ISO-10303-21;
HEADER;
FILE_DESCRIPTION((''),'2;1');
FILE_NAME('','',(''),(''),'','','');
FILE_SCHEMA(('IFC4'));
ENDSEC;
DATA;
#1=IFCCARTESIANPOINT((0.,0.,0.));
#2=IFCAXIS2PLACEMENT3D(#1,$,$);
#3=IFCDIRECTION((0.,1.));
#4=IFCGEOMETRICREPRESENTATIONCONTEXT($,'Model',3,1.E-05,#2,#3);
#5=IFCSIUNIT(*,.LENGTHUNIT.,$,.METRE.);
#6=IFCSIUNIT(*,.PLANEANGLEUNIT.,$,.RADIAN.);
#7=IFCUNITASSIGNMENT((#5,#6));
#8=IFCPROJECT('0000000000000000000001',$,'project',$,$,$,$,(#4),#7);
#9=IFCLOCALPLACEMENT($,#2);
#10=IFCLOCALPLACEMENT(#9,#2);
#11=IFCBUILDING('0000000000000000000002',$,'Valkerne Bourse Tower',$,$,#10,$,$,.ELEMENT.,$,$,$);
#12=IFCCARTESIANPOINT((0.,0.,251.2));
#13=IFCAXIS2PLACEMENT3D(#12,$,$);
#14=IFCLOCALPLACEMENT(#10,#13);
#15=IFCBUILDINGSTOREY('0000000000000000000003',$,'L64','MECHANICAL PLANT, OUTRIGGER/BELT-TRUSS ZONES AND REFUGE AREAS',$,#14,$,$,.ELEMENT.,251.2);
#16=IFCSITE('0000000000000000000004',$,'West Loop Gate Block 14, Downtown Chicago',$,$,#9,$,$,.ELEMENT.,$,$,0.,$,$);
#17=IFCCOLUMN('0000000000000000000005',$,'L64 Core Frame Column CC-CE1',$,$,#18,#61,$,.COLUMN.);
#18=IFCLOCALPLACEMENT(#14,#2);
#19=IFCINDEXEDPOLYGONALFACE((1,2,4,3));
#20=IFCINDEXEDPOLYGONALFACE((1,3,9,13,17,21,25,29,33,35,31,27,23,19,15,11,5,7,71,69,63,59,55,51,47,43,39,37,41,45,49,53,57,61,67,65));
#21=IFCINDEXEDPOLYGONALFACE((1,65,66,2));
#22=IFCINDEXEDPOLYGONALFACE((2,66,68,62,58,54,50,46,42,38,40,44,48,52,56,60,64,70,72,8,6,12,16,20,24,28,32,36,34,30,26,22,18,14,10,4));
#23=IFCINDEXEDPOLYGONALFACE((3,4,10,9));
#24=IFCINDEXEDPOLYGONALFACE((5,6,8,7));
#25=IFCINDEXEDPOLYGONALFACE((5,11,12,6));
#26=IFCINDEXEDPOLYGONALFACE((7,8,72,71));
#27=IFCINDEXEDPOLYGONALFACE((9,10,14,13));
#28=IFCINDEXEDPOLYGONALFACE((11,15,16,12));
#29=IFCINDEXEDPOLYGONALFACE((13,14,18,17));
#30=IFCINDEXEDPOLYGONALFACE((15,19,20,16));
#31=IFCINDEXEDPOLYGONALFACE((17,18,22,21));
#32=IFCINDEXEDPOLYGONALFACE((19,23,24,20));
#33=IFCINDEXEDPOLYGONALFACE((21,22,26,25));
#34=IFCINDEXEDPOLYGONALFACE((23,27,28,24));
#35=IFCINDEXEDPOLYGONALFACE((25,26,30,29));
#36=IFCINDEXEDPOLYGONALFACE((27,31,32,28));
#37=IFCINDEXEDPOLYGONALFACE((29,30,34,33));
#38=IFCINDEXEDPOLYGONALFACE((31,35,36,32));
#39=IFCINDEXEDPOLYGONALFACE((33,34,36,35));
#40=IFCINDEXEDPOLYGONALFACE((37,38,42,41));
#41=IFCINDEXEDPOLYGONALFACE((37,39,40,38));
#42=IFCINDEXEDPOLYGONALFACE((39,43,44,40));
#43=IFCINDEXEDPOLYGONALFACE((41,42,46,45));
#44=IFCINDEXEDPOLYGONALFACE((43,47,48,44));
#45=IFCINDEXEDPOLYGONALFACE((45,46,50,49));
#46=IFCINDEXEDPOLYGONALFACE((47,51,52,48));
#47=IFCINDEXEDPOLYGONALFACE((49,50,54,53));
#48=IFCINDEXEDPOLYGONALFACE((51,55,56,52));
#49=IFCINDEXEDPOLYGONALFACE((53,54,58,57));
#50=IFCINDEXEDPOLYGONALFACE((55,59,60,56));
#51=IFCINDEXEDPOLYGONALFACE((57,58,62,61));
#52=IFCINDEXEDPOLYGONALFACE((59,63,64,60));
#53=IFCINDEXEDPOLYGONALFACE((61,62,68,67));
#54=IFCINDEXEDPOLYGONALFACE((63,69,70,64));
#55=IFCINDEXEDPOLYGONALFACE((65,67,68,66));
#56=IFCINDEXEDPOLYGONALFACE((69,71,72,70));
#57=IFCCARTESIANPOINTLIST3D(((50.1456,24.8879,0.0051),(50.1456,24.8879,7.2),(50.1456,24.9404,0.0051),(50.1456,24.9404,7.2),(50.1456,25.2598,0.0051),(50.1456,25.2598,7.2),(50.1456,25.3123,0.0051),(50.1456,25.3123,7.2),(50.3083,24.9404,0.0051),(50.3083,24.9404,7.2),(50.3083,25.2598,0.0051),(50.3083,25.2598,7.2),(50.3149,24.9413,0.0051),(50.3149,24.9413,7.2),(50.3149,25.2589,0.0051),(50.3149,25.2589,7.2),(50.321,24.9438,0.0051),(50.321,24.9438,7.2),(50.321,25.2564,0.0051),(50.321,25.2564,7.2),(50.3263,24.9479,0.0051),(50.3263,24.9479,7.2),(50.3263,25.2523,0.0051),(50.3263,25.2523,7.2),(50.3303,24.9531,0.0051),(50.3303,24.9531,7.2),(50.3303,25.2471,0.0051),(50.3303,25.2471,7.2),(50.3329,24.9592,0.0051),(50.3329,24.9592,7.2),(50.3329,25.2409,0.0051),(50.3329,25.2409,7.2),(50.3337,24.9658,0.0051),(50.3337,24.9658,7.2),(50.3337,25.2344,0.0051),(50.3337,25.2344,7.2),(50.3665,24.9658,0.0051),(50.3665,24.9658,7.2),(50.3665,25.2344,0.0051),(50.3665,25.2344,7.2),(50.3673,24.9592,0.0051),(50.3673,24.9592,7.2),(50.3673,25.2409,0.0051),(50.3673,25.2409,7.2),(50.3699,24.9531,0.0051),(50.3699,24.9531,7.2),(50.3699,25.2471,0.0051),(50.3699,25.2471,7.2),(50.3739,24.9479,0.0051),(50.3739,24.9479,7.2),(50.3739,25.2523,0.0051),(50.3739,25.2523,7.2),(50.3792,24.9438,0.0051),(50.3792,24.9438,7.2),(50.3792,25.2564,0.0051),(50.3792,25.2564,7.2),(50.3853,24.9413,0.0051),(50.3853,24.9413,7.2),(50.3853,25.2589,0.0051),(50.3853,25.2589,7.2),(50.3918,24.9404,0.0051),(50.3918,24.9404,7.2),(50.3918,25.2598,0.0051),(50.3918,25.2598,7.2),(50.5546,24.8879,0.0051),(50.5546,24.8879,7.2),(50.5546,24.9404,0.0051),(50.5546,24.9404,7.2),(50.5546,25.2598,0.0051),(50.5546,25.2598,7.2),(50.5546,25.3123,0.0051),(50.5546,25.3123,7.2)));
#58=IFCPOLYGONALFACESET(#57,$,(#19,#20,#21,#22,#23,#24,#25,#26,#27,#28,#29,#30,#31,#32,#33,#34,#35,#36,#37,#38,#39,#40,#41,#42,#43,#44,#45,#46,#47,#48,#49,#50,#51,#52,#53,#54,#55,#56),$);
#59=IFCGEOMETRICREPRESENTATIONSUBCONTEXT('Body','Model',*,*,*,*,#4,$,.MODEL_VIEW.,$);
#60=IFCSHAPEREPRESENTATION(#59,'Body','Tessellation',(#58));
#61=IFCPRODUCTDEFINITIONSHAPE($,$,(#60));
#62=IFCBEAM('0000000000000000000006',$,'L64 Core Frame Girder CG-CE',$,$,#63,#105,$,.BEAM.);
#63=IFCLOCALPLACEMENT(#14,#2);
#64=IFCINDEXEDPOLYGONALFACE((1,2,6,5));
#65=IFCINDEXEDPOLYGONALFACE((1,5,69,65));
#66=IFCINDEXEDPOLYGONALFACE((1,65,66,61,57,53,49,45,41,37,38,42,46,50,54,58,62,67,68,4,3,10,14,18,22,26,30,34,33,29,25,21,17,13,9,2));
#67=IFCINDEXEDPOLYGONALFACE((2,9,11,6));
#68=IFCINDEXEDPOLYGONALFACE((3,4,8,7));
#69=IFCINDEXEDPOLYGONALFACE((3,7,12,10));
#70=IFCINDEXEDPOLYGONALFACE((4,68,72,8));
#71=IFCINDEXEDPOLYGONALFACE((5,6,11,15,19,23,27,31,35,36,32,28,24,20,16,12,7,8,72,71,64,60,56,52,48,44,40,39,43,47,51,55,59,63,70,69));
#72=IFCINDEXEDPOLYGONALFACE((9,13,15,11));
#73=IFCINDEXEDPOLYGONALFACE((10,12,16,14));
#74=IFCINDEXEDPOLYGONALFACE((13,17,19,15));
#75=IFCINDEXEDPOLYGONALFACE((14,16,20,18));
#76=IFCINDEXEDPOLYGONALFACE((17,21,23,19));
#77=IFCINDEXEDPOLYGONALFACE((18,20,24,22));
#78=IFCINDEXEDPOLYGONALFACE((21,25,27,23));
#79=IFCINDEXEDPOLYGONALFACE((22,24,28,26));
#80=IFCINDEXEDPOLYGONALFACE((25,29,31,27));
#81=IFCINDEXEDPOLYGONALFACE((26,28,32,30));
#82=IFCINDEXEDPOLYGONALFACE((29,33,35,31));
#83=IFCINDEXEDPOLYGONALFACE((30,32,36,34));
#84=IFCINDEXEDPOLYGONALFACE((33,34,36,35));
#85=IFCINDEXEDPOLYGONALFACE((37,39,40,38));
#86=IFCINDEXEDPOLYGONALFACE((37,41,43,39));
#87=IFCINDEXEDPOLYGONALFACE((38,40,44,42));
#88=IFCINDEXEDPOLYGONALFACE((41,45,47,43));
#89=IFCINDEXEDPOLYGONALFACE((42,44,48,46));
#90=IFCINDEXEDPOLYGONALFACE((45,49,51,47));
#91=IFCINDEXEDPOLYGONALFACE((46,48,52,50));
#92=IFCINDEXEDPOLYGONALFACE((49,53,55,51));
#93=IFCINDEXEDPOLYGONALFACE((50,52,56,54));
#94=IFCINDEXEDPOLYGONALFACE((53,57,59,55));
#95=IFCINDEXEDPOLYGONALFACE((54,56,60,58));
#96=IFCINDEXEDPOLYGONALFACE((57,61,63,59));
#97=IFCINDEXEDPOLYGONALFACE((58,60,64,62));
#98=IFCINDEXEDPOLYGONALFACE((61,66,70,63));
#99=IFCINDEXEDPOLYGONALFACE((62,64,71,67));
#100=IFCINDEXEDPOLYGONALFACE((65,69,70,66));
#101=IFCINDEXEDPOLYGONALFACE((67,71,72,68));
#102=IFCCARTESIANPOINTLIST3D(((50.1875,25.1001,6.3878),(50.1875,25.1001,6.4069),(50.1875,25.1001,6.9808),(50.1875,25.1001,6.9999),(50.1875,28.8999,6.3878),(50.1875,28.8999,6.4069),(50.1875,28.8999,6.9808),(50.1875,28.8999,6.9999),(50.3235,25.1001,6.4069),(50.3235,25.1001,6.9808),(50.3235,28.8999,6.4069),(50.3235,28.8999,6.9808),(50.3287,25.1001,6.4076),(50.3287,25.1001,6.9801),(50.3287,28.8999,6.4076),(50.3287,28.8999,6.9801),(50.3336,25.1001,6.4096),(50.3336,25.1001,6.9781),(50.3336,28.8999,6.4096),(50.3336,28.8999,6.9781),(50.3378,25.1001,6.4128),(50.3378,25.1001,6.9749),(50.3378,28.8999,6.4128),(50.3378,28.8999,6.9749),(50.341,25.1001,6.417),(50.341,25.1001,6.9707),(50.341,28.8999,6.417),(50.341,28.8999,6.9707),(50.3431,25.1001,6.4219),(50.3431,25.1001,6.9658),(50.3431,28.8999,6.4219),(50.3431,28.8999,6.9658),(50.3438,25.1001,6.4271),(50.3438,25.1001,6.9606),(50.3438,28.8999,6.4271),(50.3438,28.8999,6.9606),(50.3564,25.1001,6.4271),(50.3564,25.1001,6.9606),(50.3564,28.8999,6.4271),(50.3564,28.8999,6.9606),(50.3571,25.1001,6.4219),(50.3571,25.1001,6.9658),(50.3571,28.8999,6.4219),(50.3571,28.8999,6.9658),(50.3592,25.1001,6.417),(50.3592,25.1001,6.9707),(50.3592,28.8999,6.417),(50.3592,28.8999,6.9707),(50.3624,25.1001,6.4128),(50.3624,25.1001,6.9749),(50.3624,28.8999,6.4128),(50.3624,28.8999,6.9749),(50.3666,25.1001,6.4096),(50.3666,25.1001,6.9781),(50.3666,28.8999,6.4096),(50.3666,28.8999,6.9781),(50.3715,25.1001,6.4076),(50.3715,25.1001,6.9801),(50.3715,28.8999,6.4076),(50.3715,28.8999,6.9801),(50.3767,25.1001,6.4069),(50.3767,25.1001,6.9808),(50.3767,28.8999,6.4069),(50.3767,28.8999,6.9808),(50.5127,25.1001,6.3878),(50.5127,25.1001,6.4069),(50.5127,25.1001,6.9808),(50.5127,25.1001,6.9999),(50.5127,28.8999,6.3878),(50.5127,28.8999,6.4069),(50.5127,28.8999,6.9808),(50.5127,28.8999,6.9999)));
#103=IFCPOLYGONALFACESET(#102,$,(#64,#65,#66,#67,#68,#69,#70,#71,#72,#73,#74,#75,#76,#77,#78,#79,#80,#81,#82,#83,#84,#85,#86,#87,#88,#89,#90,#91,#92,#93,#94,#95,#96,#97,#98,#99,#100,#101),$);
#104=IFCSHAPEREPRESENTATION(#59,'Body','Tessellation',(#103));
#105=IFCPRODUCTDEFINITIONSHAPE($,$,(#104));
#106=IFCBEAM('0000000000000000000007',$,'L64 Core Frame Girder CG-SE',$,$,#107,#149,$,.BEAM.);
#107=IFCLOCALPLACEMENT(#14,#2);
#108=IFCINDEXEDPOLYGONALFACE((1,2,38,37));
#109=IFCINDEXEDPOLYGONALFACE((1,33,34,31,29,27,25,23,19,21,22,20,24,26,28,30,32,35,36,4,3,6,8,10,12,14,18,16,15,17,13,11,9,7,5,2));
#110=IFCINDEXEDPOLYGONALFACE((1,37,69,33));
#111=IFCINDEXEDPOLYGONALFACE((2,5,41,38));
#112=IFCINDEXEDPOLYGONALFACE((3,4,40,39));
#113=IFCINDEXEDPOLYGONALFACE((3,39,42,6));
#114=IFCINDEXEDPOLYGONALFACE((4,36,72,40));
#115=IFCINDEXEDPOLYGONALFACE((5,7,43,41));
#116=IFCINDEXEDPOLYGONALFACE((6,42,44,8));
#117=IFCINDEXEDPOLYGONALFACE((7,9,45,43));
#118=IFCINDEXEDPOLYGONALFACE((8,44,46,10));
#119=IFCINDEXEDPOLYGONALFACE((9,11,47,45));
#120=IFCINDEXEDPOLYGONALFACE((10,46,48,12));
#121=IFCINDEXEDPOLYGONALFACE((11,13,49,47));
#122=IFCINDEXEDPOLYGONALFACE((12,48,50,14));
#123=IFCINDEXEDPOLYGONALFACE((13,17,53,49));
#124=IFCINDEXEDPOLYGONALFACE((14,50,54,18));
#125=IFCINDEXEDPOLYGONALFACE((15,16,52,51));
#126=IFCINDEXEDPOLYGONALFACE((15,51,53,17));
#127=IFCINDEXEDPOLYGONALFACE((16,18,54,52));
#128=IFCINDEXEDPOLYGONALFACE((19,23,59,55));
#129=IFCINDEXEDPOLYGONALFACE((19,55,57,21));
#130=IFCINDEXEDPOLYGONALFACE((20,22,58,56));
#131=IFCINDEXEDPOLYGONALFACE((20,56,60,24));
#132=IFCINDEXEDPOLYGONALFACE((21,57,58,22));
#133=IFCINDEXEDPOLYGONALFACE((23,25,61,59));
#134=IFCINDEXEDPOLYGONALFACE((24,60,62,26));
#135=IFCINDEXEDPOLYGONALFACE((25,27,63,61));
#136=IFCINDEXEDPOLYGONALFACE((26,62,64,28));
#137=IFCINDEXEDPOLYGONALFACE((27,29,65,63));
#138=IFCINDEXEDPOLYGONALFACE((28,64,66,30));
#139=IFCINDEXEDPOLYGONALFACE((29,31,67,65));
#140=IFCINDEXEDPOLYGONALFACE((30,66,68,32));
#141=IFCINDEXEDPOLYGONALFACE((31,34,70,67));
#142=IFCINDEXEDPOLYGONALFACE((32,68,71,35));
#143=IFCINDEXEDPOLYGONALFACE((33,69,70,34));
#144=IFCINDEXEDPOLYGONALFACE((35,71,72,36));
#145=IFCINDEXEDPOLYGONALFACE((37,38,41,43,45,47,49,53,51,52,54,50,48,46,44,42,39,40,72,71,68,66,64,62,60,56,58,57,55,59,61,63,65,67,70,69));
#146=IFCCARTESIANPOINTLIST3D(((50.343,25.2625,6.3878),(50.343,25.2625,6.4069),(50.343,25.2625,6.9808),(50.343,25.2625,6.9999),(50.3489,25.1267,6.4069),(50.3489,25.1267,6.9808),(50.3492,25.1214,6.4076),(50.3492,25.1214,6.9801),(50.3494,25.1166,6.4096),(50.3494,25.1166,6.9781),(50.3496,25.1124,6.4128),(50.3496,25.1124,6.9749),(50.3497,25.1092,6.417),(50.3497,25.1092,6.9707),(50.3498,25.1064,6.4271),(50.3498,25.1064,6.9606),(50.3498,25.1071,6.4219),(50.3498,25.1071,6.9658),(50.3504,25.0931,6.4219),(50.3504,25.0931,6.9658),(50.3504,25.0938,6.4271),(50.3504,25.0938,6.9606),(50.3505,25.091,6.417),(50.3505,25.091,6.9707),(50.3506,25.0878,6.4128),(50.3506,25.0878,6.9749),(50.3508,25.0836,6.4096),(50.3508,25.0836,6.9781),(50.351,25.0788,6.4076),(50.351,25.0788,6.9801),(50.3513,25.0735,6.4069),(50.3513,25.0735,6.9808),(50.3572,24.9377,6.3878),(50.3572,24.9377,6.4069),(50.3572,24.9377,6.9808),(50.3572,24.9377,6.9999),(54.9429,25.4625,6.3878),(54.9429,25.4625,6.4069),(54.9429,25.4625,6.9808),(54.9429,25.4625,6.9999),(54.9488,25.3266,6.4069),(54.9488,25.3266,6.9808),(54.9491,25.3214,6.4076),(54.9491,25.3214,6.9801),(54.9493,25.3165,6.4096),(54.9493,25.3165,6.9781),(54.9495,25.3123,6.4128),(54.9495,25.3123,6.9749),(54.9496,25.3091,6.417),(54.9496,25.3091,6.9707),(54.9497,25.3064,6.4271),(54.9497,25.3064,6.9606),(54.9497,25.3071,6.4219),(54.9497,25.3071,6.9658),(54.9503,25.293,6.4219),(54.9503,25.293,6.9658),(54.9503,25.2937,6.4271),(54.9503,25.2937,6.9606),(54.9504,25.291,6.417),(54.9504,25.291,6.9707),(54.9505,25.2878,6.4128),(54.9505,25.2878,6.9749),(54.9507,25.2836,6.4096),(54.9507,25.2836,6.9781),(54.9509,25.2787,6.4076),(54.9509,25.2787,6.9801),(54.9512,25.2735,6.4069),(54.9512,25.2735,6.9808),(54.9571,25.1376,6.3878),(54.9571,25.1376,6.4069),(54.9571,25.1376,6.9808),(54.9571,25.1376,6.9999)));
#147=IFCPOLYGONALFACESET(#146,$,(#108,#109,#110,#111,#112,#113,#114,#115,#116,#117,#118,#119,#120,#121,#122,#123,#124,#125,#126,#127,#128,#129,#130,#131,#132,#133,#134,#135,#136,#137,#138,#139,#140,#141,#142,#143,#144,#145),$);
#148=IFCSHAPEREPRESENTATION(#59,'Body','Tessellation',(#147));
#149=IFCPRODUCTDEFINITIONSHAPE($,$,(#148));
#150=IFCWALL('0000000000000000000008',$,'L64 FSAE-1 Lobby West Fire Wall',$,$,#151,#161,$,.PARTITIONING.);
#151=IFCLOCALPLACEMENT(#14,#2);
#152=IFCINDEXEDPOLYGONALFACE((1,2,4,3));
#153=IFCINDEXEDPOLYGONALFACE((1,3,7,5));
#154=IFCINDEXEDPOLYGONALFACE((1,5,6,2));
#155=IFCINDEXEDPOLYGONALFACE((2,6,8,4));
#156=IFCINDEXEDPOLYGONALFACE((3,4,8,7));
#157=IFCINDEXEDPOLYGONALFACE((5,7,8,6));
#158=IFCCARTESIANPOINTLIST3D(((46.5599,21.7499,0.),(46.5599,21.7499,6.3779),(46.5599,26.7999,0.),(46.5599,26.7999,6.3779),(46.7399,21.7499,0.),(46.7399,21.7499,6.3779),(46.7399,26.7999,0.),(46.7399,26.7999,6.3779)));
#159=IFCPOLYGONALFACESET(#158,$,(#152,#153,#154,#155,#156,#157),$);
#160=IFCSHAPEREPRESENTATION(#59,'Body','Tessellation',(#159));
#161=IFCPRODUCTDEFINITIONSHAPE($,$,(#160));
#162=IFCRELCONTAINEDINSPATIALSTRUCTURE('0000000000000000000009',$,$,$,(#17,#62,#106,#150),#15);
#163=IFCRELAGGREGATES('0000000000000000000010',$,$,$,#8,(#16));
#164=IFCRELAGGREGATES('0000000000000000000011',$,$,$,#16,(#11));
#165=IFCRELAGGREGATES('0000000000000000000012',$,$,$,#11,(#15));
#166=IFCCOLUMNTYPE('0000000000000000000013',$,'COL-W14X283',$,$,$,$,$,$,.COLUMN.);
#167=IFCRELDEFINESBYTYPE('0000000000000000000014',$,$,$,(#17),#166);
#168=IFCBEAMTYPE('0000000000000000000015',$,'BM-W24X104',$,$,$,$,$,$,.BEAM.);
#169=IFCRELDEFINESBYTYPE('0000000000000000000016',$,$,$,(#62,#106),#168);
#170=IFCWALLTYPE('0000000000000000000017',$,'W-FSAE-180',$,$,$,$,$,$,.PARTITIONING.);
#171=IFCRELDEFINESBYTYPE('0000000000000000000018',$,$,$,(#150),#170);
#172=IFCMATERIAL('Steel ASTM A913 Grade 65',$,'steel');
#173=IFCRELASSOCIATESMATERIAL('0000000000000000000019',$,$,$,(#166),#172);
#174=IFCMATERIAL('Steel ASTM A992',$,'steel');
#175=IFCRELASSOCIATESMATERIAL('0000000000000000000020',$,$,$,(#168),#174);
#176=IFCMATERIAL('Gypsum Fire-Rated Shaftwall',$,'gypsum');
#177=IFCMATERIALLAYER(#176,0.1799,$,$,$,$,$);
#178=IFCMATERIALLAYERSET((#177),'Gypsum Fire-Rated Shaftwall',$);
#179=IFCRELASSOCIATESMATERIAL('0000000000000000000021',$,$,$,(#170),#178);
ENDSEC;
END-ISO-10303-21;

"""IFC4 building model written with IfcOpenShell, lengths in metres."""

from ifc_helpers import new_model, si_unit, direction, frame, frame_2d, origin, origin_2d, place, context, subcontext, project, spatial, rectangle, i_section, extrude, material, layer, layer_set, material_profile, profile_set, type_object, element, save


model = new_model("IFC4")

# Units and contexts
model_context = context("Model", 3, precision=1e-05, world=origin(), true_north=direction((0.0, 1.0)))
body_context = subcontext(model_context, "Body", "Model", "MODEL_VIEW")
ifc_project = project(units=[si_unit("LENGTHUNIT", "METRE"), si_unit("PLANEANGLEUNIT", "RADIAN")], contexts=[model_context])

# Site, building, storey
site_placement = place(None, origin())
site = spatial("IfcSite", under=ifc_project, at=site_placement, Name="West Loop Gate Block 14, Downtown Chicago", CompositionType="ELEMENT", RefElevation=0.0)
building_placement = place(site_placement, origin())
building = spatial("IfcBuilding", under=site, at=building_placement, Name="Valkerne Bourse Tower", CompositionType="ELEMENT")
storey_placement = place(building_placement, frame((0.0, 0.0, 251.2)))
storey = spatial("IfcBuildingStorey", under=building, at=storey_placement, Name="L64", Description="MECHANICAL PLANT, OUTRIGGER/BELT-TRUSS ZONES AND REFUGE AREAS", CompositionType="ELEMENT", Elevation=251.2)

# Column
ifc_material_1 = material(Name="Steel ASTM A913 Grade 65", Category="steel")
ifc_material_profile_1 = material_profile(ifc_material_1, i_section(OverallWidth=0.4089, OverallDepth=0.4243, WebThickness=0.0327, FlangeThickness=0.0525, FilletRadius=0.0254, at=origin_2d()), Name="W14X283")
ifc_profile_set_1 = profile_set([ifc_material_profile_1], Name="Steel ASTM A913 Grade 65")
column_type = type_object("IfcColumnType", Name="COL-W14X283", PredefinedType="COLUMN", material=ifc_profile_set_1)
column_placement = place(storey_placement, frame((50.3501, 25.1001, 0.0051), z_axis=(0.0, 0.0, 1.0), x_axis=(1.0, 0.0, 0.0)))
element("IfcColumn", 1, at=column_placement, inside=storey, type_object=column_type, Name="L64 Core Frame Column CC-CE1", PredefinedType="COLUMN", context=body_context, shape_type="SweptSolid", body=[
    extrude(i_section(OverallWidth=0.4089, OverallDepth=0.4243, WebThickness=0.0327, FlangeThickness=0.0525, FilletRadius=0.0254, at=origin_2d()), origin(), (0.0, 0.0, 1.0), 7.1948),
])

# Beams
ifc_material_2 = material(Name="Steel ASTM A992", Category="steel")
ifc_material_profile_2 = material_profile(ifc_material_2, i_section(OverallWidth=0.3252, OverallDepth=0.6121, WebThickness=0.0127, FlangeThickness=0.019, FilletRadius=0.0203, at=origin_2d()), Name="W24X104")
ifc_profile_set_2 = profile_set([ifc_material_profile_2], Name="Steel ASTM A992")
beam_type = type_object("IfcBeamType", Name="BM-W24X104", PredefinedType="BEAM", material=ifc_profile_set_2)
beam_1_placement = place(storey_placement, frame((50.3501, 25.1001, 6.6938), z_axis=(0.0, 1.0, 0.0), x_axis=(-1.0, 0.0, 0.0)))
element("IfcBeam", 2, at=beam_1_placement, inside=storey, type_object=beam_type, Name="L64 Core Frame Girder CG-CE", PredefinedType="BEAM", context=body_context, shape_type="SweptSolid", body=[
    extrude(i_section(OverallWidth=0.3252, OverallDepth=0.6121, WebThickness=0.0127, FlangeThickness=0.019, FilletRadius=0.0203, at=origin_2d()), origin(), (0.0, 0.0, 1.0), 3.7998),
])
beam_2_placement = place(storey_placement, frame((50.3501, 25.1001, 6.6938), z_axis=(0.999057, 0.043428, 0.0), x_axis=(-0.043428, 0.999057, 0.0)))
element("IfcBeam", 3, at=beam_2_placement, inside=storey, type_object=beam_type, Name="L64 Core Frame Girder CG-SE", PredefinedType="BEAM", context=body_context, shape_type="SweptSolid", body=[
    extrude(i_section(OverallWidth=0.3252, OverallDepth=0.6121, WebThickness=0.0127, FlangeThickness=0.019, FilletRadius=0.0203, at=origin_2d()), origin(), (0.0, 0.0, 1.0), 4.6042),
])

# Wall
ifc_material_3 = material(Name="Gypsum Fire-Rated Shaftwall", Category="gypsum")
ifc_layer_1 = layer(ifc_material_3, 0.1799)
ifc_layer_set_1 = layer_set([ifc_layer_1], Name="Gypsum Fire-Rated Shaftwall")
wall_type_1 = type_object("IfcWallType", Name="W-FSAE-180", PredefinedType="PARTITIONING", material=ifc_layer_set_1)
wall_1_placement = place(storey_placement, frame((46.6499, 21.75, 0.0), z_axis=(0.0, 0.0, 1.0), x_axis=(0.0, 1.0, 0.0)))
element("IfcWall", 4, at=wall_1_placement, inside=storey, type_object=wall_type_1, Name="L64 FSAE-1 Lobby West Fire Wall", PredefinedType="PARTITIONING", context=body_context, shape_type="SweptSolid", body=[
    extrude(rectangle(XDim=5.05, YDim=0.1799, at=frame_2d((2.5249, 0.0))), origin(), (0.0, 0.0, 1.0), 6.3779),
])

save(model, "model.ifc")
